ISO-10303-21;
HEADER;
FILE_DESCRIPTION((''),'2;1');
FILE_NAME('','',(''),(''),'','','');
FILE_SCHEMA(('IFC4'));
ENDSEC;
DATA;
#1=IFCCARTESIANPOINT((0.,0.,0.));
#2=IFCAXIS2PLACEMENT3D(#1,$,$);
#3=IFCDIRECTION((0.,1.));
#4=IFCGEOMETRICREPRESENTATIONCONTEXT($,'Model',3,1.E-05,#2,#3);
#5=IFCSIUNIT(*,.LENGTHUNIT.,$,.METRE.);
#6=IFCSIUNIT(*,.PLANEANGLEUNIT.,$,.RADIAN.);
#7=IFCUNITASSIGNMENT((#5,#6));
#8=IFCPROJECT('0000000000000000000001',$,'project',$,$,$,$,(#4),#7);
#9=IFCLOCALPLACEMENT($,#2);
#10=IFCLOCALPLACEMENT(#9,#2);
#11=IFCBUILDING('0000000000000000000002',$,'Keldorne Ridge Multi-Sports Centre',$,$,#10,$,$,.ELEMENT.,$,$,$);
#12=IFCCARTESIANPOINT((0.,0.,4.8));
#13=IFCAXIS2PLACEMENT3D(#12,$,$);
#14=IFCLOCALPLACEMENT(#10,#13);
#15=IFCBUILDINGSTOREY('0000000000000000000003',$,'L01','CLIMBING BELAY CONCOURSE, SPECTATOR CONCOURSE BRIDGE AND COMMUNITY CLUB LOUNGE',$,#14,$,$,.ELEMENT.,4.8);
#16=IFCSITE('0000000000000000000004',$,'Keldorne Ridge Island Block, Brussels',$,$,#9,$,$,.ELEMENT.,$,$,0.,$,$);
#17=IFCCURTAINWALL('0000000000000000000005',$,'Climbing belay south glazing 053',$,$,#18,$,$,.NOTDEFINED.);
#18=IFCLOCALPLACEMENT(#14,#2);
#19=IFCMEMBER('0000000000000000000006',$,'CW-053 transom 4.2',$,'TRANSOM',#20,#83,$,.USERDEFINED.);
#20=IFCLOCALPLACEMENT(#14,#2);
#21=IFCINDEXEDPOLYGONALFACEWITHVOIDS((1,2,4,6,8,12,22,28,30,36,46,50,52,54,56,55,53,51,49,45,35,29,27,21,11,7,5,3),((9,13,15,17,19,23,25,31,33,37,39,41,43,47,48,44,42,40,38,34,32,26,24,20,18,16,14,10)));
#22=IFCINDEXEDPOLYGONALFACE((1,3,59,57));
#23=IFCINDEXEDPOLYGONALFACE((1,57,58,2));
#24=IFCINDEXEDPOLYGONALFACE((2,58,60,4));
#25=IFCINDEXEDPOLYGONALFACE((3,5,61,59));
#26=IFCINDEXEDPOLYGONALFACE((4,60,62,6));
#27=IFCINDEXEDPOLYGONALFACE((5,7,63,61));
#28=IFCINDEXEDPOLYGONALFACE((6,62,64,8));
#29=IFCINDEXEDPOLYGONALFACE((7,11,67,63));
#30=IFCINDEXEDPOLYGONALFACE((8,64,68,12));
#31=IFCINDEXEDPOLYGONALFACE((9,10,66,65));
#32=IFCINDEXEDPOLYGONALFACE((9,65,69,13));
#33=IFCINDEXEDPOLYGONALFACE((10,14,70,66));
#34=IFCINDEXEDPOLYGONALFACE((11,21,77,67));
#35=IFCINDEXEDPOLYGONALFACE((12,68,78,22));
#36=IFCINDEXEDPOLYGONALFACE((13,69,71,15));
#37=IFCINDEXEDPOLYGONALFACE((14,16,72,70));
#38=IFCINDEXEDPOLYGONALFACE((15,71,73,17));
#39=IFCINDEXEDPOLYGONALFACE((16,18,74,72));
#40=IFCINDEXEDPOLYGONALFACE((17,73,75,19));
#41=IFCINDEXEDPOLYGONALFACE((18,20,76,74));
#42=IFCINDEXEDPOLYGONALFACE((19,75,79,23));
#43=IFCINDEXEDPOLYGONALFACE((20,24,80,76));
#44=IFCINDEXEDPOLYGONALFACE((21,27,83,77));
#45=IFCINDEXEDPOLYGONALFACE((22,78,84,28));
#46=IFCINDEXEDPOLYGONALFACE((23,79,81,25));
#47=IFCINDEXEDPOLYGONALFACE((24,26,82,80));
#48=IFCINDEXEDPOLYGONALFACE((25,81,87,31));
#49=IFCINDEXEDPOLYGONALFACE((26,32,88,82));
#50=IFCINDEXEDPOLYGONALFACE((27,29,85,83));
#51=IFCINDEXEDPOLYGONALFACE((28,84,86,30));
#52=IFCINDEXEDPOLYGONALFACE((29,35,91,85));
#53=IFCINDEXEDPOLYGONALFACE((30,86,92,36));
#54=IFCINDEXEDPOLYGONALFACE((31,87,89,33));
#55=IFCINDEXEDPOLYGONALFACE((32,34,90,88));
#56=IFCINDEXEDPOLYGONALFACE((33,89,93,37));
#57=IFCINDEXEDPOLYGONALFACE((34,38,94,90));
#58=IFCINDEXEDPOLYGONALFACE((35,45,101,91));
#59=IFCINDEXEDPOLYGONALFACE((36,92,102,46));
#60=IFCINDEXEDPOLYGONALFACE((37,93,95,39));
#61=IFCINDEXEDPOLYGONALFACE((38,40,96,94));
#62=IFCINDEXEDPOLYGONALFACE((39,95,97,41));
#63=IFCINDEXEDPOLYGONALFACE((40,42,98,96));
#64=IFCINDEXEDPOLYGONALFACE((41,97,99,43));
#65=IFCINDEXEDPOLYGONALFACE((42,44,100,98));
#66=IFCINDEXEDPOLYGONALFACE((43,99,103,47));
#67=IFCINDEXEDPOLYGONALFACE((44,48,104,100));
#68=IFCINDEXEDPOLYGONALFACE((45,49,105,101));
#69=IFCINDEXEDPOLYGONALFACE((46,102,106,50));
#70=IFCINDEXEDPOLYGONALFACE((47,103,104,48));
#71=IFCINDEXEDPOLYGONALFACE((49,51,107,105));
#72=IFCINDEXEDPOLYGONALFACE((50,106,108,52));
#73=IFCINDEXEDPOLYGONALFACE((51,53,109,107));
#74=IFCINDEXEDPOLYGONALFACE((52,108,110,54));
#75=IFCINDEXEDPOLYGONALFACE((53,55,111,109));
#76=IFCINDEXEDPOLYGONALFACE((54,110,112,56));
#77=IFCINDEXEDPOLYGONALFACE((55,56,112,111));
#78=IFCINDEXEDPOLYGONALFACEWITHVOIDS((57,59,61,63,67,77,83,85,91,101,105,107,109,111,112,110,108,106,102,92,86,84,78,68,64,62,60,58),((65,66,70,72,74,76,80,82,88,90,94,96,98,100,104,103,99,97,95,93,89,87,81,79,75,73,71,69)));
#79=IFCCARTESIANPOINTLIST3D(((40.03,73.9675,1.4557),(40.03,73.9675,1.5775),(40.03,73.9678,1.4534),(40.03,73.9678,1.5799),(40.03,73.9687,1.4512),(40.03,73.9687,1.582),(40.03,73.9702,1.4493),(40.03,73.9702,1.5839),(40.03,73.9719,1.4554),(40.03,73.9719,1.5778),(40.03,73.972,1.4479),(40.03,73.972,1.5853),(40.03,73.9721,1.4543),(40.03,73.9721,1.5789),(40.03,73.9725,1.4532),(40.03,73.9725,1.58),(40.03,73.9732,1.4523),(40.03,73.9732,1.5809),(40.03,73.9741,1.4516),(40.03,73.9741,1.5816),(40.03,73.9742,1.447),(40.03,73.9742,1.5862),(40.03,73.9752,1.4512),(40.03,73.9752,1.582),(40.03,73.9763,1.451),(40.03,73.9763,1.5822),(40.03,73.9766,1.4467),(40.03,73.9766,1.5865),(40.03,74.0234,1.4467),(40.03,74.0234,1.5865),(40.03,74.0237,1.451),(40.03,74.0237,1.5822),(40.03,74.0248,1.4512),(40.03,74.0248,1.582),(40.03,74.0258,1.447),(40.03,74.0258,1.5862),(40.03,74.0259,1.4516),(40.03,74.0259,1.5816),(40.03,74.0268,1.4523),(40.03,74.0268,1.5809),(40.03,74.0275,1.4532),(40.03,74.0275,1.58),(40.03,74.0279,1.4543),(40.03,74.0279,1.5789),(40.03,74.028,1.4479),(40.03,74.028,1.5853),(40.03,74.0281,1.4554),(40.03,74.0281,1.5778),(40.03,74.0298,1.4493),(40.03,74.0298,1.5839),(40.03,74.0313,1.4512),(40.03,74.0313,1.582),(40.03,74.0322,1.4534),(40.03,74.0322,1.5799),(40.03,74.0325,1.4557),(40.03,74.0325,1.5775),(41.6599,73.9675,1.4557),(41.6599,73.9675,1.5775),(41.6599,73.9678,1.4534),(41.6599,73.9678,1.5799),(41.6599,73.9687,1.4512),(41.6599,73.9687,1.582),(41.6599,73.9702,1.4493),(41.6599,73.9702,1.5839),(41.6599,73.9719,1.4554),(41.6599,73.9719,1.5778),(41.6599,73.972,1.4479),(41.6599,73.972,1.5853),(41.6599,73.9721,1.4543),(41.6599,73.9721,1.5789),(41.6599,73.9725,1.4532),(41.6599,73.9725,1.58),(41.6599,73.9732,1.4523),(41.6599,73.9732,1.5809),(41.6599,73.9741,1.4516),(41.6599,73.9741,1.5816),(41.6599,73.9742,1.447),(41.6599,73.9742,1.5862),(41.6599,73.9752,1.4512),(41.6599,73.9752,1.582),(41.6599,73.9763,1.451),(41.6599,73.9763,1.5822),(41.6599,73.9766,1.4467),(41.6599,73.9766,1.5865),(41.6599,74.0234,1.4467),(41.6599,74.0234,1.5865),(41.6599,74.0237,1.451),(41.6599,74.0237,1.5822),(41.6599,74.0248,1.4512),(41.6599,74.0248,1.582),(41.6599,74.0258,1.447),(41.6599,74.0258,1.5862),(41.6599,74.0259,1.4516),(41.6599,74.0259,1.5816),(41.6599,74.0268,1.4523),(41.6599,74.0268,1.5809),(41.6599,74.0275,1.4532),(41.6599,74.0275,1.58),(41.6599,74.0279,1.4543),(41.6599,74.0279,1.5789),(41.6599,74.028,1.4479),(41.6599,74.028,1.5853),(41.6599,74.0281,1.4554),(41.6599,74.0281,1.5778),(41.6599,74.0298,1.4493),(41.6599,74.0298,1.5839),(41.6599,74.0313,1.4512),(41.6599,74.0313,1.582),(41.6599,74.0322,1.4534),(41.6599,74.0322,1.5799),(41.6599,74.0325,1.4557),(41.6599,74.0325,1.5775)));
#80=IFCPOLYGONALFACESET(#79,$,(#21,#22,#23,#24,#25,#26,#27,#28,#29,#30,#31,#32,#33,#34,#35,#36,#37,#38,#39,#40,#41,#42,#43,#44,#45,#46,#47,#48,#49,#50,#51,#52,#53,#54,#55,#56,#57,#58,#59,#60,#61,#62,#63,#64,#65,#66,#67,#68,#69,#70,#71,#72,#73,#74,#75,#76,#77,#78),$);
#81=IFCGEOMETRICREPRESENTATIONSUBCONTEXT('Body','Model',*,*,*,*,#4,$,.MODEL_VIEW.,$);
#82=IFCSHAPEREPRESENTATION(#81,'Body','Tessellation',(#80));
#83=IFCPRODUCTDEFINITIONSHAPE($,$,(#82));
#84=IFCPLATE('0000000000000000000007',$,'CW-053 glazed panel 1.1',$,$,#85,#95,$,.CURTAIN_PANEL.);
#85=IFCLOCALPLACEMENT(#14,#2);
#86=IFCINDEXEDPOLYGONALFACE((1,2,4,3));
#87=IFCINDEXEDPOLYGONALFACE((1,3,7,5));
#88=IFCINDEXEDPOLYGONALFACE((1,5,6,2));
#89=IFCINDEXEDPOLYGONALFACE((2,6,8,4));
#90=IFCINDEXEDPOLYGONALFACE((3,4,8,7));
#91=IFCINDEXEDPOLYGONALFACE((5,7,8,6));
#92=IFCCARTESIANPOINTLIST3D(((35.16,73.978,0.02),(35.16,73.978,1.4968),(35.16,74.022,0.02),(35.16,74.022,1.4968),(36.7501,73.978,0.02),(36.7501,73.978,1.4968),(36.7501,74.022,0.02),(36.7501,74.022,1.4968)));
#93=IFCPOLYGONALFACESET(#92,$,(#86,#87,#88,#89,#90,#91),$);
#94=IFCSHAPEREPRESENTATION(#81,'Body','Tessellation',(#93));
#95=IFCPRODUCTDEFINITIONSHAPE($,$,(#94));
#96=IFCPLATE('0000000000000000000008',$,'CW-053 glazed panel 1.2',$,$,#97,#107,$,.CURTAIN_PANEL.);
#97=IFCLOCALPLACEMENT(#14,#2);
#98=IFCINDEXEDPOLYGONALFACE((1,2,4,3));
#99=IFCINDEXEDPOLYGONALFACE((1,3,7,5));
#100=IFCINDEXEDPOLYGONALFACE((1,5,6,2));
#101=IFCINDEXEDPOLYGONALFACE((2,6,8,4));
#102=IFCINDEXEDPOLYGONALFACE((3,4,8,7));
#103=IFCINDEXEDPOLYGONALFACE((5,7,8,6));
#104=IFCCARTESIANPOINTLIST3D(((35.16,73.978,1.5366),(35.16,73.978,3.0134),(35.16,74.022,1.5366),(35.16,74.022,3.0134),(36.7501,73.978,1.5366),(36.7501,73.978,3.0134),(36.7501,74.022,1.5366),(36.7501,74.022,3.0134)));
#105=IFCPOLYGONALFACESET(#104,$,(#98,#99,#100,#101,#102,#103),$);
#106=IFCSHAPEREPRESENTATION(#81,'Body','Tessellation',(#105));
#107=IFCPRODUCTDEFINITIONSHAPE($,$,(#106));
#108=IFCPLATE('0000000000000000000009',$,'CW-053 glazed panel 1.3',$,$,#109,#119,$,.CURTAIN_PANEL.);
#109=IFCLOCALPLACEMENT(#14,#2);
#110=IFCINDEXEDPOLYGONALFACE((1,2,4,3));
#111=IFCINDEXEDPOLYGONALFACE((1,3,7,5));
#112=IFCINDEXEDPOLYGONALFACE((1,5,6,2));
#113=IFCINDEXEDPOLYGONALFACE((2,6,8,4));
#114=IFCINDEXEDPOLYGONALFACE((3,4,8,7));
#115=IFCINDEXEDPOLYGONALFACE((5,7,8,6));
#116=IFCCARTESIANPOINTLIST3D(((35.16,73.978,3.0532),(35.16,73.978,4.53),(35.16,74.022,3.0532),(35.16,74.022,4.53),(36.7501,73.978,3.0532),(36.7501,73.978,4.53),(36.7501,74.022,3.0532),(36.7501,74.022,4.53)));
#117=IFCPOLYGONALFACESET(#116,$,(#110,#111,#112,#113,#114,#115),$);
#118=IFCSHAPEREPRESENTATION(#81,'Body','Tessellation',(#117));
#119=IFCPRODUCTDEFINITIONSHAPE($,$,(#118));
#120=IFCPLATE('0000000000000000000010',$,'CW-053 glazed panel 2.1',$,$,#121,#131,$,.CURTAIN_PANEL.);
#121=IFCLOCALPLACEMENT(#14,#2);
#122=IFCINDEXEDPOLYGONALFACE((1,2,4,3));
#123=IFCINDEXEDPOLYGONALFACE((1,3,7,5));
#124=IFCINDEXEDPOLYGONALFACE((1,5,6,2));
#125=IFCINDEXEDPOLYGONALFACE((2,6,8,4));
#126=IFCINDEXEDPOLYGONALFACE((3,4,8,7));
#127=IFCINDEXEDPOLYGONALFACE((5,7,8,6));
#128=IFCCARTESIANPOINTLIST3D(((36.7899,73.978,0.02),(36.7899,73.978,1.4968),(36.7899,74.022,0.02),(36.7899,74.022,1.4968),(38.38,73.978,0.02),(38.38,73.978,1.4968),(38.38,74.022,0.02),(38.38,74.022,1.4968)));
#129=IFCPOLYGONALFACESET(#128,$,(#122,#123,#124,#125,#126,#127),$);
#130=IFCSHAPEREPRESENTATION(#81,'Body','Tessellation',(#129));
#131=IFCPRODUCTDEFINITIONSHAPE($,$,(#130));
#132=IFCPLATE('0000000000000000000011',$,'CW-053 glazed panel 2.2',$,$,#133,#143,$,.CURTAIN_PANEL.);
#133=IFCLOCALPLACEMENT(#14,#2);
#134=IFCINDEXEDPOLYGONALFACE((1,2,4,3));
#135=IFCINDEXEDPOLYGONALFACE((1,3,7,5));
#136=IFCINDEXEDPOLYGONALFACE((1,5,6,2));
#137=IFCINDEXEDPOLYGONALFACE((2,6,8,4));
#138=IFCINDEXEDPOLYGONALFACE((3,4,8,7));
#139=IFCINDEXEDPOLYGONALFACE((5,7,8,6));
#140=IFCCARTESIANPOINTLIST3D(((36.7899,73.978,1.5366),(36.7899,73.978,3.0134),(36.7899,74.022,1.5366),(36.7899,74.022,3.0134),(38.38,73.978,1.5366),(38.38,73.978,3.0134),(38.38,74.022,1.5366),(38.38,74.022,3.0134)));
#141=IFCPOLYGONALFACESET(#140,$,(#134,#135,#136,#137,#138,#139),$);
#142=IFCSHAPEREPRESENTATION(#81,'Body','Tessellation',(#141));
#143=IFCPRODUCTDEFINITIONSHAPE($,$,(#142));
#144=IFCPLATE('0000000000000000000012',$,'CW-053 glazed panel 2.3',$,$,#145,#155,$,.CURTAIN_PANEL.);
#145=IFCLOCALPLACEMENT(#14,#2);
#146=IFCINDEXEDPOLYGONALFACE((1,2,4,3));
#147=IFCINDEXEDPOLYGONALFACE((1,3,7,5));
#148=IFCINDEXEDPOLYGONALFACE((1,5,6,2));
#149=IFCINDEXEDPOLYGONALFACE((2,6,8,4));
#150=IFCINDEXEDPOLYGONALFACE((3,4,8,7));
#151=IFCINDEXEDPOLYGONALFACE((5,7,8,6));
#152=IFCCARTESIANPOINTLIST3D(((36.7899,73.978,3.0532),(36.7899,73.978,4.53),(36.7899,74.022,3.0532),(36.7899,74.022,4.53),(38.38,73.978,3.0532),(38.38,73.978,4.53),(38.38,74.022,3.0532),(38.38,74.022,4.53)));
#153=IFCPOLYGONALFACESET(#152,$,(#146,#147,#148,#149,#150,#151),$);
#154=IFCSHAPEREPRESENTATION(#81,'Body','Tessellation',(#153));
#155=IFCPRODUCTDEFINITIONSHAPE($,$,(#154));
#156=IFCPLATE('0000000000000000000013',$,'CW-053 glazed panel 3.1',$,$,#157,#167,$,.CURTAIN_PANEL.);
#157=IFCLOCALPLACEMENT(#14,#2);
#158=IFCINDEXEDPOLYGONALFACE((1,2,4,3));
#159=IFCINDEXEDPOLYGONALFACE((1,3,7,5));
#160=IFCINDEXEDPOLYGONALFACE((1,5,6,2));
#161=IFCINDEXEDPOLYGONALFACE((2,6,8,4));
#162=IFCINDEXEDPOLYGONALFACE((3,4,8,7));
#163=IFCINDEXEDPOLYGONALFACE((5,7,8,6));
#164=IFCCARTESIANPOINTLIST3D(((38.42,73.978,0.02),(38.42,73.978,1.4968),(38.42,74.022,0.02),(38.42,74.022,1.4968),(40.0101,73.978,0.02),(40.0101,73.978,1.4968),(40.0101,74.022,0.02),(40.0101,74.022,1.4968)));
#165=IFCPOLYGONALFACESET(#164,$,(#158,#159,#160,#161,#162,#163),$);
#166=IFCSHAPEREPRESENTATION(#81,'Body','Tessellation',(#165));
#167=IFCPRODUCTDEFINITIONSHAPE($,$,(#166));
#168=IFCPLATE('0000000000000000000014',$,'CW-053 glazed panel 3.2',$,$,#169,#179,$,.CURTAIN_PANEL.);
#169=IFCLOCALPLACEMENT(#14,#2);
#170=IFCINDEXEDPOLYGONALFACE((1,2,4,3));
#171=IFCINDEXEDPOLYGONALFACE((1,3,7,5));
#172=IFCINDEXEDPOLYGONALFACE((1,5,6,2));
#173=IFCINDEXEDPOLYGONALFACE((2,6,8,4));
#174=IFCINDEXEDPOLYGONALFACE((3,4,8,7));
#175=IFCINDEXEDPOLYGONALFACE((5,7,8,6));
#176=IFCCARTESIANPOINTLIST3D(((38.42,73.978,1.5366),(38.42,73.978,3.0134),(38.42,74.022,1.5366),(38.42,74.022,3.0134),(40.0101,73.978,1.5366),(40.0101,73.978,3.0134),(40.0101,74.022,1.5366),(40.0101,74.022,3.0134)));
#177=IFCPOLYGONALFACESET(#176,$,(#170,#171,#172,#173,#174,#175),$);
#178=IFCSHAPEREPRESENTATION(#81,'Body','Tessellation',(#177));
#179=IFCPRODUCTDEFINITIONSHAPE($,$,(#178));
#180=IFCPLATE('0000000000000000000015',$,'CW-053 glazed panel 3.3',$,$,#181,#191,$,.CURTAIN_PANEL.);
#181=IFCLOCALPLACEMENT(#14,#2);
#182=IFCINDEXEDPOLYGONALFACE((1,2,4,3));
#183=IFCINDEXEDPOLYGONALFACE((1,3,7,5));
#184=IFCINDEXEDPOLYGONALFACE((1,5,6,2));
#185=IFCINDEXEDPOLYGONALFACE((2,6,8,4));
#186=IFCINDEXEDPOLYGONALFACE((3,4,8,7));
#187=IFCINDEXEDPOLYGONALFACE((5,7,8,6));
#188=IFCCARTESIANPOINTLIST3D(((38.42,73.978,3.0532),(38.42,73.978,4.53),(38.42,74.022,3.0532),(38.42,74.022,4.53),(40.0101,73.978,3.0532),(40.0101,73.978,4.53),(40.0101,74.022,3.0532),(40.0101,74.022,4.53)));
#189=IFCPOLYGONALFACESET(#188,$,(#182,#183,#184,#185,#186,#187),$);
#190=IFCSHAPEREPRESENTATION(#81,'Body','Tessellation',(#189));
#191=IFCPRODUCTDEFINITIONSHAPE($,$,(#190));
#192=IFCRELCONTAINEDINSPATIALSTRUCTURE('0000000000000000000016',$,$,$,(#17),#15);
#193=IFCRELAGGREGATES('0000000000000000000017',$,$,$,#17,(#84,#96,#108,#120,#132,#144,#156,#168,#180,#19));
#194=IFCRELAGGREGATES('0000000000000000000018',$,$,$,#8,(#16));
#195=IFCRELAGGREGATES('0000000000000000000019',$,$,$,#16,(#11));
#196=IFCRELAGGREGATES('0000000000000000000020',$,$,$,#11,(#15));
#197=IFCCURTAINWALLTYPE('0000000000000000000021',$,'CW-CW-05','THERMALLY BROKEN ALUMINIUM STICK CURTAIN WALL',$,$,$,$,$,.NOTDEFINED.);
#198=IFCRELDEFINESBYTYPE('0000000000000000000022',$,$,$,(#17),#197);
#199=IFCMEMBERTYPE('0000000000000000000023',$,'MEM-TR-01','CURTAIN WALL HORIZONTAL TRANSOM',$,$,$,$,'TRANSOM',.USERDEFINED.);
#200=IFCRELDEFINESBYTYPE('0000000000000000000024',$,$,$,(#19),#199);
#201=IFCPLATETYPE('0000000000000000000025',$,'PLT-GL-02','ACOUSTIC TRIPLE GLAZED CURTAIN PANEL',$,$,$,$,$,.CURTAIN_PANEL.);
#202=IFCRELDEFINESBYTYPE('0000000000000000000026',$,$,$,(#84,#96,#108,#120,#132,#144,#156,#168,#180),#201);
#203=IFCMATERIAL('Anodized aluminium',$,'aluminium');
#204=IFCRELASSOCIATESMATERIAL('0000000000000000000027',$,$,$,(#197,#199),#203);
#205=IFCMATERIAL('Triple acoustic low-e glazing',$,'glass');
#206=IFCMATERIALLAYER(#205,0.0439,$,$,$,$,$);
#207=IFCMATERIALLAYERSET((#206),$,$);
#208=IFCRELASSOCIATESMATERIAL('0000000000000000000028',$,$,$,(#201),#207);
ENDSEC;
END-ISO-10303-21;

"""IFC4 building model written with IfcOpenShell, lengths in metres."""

from ifc_helpers import new_model, si_unit, direction, frame, origin, origin_2d, place, context, subcontext, project, spatial, rectangle, hollow_rectangle, extrude, material, layer, layer_set, material_profile, profile_set, type_object, element, aggregate, save


model = new_model("IFC4")

# Units and contexts
model_context = context("Model", 3, precision=1e-05, world=origin(), true_north=direction((0.0, 1.0)))
body_context = subcontext(model_context, "Body", "Model", "MODEL_VIEW")
ifc_project = project(units=[si_unit("LENGTHUNIT", "METRE"), si_unit("PLANEANGLEUNIT", "RADIAN")], contexts=[model_context])

# Site, building, storey
site_placement = place(None, origin())
site = spatial("IfcSite", under=ifc_project, at=site_placement, Name="Keldorne Ridge Island Block, Brussels", CompositionType="ELEMENT", RefElevation=0.0)
building_placement = place(site_placement, origin())
building = spatial("IfcBuilding", under=site, at=building_placement, Name="Keldorne Ridge Multi-Sports Centre", CompositionType="ELEMENT")
storey_placement = place(building_placement, frame((0.0, 0.0, 4.8)))
storey = spatial("IfcBuildingStorey", under=building, at=storey_placement, Name="L01", Description="CLIMBING BELAY CONCOURSE, SPECTATOR CONCOURSE BRIDGE AND COMMUNITY CLUB LOUNGE", CompositionType="ELEMENT", Elevation=4.8)

# Curtain wall, member, plates
ifc_material_1 = material(Name="Anodized aluminium", Category="aluminium")
curtain_wall_type = type_object("IfcCurtainWallType", Name="CW-CW-05", Description="THERMALLY BROKEN ALUMINIUM STICK CURTAIN WALL", PredefinedType="NOTDEFINED", material=ifc_material_1)
curtain_wall_placement = place(storey_placement, origin())
curtain_wall = element("IfcCurtainWall", 1, at=curtain_wall_placement, inside=storey, type_object=curtain_wall_type, Name="Climbing belay south glazing 053", PredefinedType="NOTDEFINED")
ifc_material_profile_1 = material_profile(ifc_material_1, hollow_rectangle(XDim=0.0649, YDim=0.1399, WallThickness=0.0044, InnerFilletRadius=0.0044, OuterFilletRadius=0.009, at=origin_2d()), Name="ALU TRANSOM 140x65x4.5")
ifc_profile_set_1 = profile_set([ifc_material_profile_1], Name="Anodized aluminium")
member_type_1 = type_object("IfcMemberType", Name="MEM-TR-01", Description="CURTAIN WALL HORIZONTAL TRANSOM", ElementType="TRANSOM", PredefinedType="USERDEFINED", material=ifc_profile_set_1)
member_1_placement = place(storey_placement, frame((40.03, 74.0, 1.5166), z_axis=(1.0, 0.0, 0.0), x_axis=(0.0, 1.0, 0.0)))
member_1 = element("IfcMember", 2, at=member_1_placement, type_object=member_type_1, Name="CW-053 transom 4.2", ObjectType="TRANSOM", PredefinedType="USERDEFINED", context=body_context, shape_type="SweptSolid", body=[
    extrude(hollow_rectangle(XDim=0.0649, YDim=0.1399, WallThickness=0.0044, InnerFilletRadius=0.0044, OuterFilletRadius=0.009, at=origin_2d()), origin(), (0.0, 0.0, 1.0), 1.6299),
])
ifc_material_2 = material(Name="Triple acoustic low-e glazing", Category="glass")
ifc_layer_1 = layer(ifc_material_2, 0.0439)
ifc_layer_set_1 = layer_set([ifc_layer_1])
plate_type = type_object("IfcPlateType", Name="PLT-GL-02", Description="ACOUSTIC TRIPLE GLAZED CURTAIN PANEL", PredefinedType="CURTAIN_PANEL", material=ifc_layer_set_1)
plate_1_placement = place(storey_placement, frame((35.9551, 74.0, 0.02), z_axis=(0.0, 0.0, 1.0), x_axis=(1.0, 0.0, 0.0)))
plate_1 = element("IfcPlate", 3, at=plate_1_placement, type_object=plate_type, Name="CW-053 glazed panel 1.1", PredefinedType="CURTAIN_PANEL", context=body_context, shape_type="SweptSolid", body=[
    extrude(rectangle(XDim=1.5901, YDim=0.0439, at=origin_2d()), origin(), (0.0, 0.0, 1.0), 1.4768),
])
plate_2_placement = place(storey_placement, frame((35.9551, 74.0, 1.5366), z_axis=(0.0, 0.0, 1.0), x_axis=(1.0, 0.0, 0.0)))
plate_2 = element("IfcPlate", 4, at=plate_2_placement, type_object=plate_type, Name="CW-053 glazed panel 1.2", PredefinedType="CURTAIN_PANEL", context=body_context, shape_type="SweptSolid", body=[
    extrude(rectangle(XDim=1.5901, YDim=0.0439, at=origin_2d()), origin(), (0.0, 0.0, 1.0), 1.4768),
])
plate_3_placement = place(storey_placement, frame((35.9551, 74.0, 3.0532), z_axis=(0.0, 0.0, 1.0), x_axis=(1.0, 0.0, 0.0)))
plate_3 = element("IfcPlate", 5, at=plate_3_placement, type_object=plate_type, Name="CW-053 glazed panel 1.3", PredefinedType="CURTAIN_PANEL", context=body_context, shape_type="SweptSolid", body=[
    extrude(rectangle(XDim=1.5901, YDim=0.0439, at=origin_2d()), origin(), (0.0, 0.0, 1.0), 1.4768),
])
plate_4_placement = place(storey_placement, frame((37.585, 74.0, 0.02), z_axis=(0.0, 0.0, 1.0), x_axis=(1.0, 0.0, 0.0)))
plate_4 = element("IfcPlate", 6, at=plate_4_placement, type_object=plate_type, Name="CW-053 glazed panel 2.1", PredefinedType="CURTAIN_PANEL", context=body_context, shape_type="SweptSolid", body=[
    extrude(rectangle(XDim=1.5901, YDim=0.0439, at=origin_2d()), origin(), (0.0, 0.0, 1.0), 1.4768),
])
plate_5_placement = place(storey_placement, frame((37.585, 74.0, 1.5366), z_axis=(0.0, 0.0, 1.0), x_axis=(1.0, 0.0, 0.0)))
plate_5 = element("IfcPlate", 7, at=plate_5_placement, type_object=plate_type, Name="CW-053 glazed panel 2.2", PredefinedType="CURTAIN_PANEL", context=body_context, shape_type="SweptSolid", body=[
    extrude(rectangle(XDim=1.5901, YDim=0.0439, at=origin_2d()), origin(), (0.0, 0.0, 1.0), 1.4768),
])
plate_6_placement = place(storey_placement, frame((37.585, 74.0, 3.0532), z_axis=(0.0, 0.0, 1.0), x_axis=(1.0, 0.0, 0.0)))
plate_6 = element("IfcPlate", 8, at=plate_6_placement, type_object=plate_type, Name="CW-053 glazed panel 2.3", PredefinedType="CURTAIN_PANEL", context=body_context, shape_type="SweptSolid", body=[
    extrude(rectangle(XDim=1.5901, YDim=0.0439, at=origin_2d()), origin(), (0.0, 0.0, 1.0), 1.4768),
])
plate_7_placement = place(storey_placement, frame((39.2151, 74.0, 0.02), z_axis=(0.0, 0.0, 1.0), x_axis=(1.0, 0.0, 0.0)))
plate_7 = element("IfcPlate", 9, at=plate_7_placement, type_object=plate_type, Name="CW-053 glazed panel 3.1", PredefinedType="CURTAIN_PANEL", context=body_context, shape_type="SweptSolid", body=[
    extrude(rectangle(XDim=1.5901, YDim=0.0439, at=origin_2d()), origin(), (0.0, 0.0, 1.0), 1.4768),
])
plate_8_placement = place(storey_placement, frame((39.2151, 74.0, 1.5366), z_axis=(0.0, 0.0, 1.0), x_axis=(1.0, 0.0, 0.0)))
plate_8 = element("IfcPlate", 10, at=plate_8_placement, type_object=plate_type, Name="CW-053 glazed panel 3.2", PredefinedType="CURTAIN_PANEL", context=body_context, shape_type="SweptSolid", body=[
    extrude(rectangle(XDim=1.5901, YDim=0.0439, at=origin_2d()), origin(), (0.0, 0.0, 1.0), 1.4768),
])
plate_9_placement = place(storey_placement, frame((39.2151, 74.0, 3.0532), z_axis=(0.0, 0.0, 1.0), x_axis=(1.0, 0.0, 0.0)))
plate_9 = element("IfcPlate", 11, at=plate_9_placement, type_object=plate_type, Name="CW-053 glazed panel 3.3", PredefinedType="CURTAIN_PANEL", context=body_context, shape_type="SweptSolid", body=[
    extrude(rectangle(XDim=1.5901, YDim=0.0439, at=origin_2d()), origin(), (0.0, 0.0, 1.0), 1.4768),
])
aggregate(curtain_wall, [plate_1, plate_2, plate_3, plate_4, plate_5, plate_6, plate_7, plate_8, plate_9, member_1])

save(model, "model.ifc")
